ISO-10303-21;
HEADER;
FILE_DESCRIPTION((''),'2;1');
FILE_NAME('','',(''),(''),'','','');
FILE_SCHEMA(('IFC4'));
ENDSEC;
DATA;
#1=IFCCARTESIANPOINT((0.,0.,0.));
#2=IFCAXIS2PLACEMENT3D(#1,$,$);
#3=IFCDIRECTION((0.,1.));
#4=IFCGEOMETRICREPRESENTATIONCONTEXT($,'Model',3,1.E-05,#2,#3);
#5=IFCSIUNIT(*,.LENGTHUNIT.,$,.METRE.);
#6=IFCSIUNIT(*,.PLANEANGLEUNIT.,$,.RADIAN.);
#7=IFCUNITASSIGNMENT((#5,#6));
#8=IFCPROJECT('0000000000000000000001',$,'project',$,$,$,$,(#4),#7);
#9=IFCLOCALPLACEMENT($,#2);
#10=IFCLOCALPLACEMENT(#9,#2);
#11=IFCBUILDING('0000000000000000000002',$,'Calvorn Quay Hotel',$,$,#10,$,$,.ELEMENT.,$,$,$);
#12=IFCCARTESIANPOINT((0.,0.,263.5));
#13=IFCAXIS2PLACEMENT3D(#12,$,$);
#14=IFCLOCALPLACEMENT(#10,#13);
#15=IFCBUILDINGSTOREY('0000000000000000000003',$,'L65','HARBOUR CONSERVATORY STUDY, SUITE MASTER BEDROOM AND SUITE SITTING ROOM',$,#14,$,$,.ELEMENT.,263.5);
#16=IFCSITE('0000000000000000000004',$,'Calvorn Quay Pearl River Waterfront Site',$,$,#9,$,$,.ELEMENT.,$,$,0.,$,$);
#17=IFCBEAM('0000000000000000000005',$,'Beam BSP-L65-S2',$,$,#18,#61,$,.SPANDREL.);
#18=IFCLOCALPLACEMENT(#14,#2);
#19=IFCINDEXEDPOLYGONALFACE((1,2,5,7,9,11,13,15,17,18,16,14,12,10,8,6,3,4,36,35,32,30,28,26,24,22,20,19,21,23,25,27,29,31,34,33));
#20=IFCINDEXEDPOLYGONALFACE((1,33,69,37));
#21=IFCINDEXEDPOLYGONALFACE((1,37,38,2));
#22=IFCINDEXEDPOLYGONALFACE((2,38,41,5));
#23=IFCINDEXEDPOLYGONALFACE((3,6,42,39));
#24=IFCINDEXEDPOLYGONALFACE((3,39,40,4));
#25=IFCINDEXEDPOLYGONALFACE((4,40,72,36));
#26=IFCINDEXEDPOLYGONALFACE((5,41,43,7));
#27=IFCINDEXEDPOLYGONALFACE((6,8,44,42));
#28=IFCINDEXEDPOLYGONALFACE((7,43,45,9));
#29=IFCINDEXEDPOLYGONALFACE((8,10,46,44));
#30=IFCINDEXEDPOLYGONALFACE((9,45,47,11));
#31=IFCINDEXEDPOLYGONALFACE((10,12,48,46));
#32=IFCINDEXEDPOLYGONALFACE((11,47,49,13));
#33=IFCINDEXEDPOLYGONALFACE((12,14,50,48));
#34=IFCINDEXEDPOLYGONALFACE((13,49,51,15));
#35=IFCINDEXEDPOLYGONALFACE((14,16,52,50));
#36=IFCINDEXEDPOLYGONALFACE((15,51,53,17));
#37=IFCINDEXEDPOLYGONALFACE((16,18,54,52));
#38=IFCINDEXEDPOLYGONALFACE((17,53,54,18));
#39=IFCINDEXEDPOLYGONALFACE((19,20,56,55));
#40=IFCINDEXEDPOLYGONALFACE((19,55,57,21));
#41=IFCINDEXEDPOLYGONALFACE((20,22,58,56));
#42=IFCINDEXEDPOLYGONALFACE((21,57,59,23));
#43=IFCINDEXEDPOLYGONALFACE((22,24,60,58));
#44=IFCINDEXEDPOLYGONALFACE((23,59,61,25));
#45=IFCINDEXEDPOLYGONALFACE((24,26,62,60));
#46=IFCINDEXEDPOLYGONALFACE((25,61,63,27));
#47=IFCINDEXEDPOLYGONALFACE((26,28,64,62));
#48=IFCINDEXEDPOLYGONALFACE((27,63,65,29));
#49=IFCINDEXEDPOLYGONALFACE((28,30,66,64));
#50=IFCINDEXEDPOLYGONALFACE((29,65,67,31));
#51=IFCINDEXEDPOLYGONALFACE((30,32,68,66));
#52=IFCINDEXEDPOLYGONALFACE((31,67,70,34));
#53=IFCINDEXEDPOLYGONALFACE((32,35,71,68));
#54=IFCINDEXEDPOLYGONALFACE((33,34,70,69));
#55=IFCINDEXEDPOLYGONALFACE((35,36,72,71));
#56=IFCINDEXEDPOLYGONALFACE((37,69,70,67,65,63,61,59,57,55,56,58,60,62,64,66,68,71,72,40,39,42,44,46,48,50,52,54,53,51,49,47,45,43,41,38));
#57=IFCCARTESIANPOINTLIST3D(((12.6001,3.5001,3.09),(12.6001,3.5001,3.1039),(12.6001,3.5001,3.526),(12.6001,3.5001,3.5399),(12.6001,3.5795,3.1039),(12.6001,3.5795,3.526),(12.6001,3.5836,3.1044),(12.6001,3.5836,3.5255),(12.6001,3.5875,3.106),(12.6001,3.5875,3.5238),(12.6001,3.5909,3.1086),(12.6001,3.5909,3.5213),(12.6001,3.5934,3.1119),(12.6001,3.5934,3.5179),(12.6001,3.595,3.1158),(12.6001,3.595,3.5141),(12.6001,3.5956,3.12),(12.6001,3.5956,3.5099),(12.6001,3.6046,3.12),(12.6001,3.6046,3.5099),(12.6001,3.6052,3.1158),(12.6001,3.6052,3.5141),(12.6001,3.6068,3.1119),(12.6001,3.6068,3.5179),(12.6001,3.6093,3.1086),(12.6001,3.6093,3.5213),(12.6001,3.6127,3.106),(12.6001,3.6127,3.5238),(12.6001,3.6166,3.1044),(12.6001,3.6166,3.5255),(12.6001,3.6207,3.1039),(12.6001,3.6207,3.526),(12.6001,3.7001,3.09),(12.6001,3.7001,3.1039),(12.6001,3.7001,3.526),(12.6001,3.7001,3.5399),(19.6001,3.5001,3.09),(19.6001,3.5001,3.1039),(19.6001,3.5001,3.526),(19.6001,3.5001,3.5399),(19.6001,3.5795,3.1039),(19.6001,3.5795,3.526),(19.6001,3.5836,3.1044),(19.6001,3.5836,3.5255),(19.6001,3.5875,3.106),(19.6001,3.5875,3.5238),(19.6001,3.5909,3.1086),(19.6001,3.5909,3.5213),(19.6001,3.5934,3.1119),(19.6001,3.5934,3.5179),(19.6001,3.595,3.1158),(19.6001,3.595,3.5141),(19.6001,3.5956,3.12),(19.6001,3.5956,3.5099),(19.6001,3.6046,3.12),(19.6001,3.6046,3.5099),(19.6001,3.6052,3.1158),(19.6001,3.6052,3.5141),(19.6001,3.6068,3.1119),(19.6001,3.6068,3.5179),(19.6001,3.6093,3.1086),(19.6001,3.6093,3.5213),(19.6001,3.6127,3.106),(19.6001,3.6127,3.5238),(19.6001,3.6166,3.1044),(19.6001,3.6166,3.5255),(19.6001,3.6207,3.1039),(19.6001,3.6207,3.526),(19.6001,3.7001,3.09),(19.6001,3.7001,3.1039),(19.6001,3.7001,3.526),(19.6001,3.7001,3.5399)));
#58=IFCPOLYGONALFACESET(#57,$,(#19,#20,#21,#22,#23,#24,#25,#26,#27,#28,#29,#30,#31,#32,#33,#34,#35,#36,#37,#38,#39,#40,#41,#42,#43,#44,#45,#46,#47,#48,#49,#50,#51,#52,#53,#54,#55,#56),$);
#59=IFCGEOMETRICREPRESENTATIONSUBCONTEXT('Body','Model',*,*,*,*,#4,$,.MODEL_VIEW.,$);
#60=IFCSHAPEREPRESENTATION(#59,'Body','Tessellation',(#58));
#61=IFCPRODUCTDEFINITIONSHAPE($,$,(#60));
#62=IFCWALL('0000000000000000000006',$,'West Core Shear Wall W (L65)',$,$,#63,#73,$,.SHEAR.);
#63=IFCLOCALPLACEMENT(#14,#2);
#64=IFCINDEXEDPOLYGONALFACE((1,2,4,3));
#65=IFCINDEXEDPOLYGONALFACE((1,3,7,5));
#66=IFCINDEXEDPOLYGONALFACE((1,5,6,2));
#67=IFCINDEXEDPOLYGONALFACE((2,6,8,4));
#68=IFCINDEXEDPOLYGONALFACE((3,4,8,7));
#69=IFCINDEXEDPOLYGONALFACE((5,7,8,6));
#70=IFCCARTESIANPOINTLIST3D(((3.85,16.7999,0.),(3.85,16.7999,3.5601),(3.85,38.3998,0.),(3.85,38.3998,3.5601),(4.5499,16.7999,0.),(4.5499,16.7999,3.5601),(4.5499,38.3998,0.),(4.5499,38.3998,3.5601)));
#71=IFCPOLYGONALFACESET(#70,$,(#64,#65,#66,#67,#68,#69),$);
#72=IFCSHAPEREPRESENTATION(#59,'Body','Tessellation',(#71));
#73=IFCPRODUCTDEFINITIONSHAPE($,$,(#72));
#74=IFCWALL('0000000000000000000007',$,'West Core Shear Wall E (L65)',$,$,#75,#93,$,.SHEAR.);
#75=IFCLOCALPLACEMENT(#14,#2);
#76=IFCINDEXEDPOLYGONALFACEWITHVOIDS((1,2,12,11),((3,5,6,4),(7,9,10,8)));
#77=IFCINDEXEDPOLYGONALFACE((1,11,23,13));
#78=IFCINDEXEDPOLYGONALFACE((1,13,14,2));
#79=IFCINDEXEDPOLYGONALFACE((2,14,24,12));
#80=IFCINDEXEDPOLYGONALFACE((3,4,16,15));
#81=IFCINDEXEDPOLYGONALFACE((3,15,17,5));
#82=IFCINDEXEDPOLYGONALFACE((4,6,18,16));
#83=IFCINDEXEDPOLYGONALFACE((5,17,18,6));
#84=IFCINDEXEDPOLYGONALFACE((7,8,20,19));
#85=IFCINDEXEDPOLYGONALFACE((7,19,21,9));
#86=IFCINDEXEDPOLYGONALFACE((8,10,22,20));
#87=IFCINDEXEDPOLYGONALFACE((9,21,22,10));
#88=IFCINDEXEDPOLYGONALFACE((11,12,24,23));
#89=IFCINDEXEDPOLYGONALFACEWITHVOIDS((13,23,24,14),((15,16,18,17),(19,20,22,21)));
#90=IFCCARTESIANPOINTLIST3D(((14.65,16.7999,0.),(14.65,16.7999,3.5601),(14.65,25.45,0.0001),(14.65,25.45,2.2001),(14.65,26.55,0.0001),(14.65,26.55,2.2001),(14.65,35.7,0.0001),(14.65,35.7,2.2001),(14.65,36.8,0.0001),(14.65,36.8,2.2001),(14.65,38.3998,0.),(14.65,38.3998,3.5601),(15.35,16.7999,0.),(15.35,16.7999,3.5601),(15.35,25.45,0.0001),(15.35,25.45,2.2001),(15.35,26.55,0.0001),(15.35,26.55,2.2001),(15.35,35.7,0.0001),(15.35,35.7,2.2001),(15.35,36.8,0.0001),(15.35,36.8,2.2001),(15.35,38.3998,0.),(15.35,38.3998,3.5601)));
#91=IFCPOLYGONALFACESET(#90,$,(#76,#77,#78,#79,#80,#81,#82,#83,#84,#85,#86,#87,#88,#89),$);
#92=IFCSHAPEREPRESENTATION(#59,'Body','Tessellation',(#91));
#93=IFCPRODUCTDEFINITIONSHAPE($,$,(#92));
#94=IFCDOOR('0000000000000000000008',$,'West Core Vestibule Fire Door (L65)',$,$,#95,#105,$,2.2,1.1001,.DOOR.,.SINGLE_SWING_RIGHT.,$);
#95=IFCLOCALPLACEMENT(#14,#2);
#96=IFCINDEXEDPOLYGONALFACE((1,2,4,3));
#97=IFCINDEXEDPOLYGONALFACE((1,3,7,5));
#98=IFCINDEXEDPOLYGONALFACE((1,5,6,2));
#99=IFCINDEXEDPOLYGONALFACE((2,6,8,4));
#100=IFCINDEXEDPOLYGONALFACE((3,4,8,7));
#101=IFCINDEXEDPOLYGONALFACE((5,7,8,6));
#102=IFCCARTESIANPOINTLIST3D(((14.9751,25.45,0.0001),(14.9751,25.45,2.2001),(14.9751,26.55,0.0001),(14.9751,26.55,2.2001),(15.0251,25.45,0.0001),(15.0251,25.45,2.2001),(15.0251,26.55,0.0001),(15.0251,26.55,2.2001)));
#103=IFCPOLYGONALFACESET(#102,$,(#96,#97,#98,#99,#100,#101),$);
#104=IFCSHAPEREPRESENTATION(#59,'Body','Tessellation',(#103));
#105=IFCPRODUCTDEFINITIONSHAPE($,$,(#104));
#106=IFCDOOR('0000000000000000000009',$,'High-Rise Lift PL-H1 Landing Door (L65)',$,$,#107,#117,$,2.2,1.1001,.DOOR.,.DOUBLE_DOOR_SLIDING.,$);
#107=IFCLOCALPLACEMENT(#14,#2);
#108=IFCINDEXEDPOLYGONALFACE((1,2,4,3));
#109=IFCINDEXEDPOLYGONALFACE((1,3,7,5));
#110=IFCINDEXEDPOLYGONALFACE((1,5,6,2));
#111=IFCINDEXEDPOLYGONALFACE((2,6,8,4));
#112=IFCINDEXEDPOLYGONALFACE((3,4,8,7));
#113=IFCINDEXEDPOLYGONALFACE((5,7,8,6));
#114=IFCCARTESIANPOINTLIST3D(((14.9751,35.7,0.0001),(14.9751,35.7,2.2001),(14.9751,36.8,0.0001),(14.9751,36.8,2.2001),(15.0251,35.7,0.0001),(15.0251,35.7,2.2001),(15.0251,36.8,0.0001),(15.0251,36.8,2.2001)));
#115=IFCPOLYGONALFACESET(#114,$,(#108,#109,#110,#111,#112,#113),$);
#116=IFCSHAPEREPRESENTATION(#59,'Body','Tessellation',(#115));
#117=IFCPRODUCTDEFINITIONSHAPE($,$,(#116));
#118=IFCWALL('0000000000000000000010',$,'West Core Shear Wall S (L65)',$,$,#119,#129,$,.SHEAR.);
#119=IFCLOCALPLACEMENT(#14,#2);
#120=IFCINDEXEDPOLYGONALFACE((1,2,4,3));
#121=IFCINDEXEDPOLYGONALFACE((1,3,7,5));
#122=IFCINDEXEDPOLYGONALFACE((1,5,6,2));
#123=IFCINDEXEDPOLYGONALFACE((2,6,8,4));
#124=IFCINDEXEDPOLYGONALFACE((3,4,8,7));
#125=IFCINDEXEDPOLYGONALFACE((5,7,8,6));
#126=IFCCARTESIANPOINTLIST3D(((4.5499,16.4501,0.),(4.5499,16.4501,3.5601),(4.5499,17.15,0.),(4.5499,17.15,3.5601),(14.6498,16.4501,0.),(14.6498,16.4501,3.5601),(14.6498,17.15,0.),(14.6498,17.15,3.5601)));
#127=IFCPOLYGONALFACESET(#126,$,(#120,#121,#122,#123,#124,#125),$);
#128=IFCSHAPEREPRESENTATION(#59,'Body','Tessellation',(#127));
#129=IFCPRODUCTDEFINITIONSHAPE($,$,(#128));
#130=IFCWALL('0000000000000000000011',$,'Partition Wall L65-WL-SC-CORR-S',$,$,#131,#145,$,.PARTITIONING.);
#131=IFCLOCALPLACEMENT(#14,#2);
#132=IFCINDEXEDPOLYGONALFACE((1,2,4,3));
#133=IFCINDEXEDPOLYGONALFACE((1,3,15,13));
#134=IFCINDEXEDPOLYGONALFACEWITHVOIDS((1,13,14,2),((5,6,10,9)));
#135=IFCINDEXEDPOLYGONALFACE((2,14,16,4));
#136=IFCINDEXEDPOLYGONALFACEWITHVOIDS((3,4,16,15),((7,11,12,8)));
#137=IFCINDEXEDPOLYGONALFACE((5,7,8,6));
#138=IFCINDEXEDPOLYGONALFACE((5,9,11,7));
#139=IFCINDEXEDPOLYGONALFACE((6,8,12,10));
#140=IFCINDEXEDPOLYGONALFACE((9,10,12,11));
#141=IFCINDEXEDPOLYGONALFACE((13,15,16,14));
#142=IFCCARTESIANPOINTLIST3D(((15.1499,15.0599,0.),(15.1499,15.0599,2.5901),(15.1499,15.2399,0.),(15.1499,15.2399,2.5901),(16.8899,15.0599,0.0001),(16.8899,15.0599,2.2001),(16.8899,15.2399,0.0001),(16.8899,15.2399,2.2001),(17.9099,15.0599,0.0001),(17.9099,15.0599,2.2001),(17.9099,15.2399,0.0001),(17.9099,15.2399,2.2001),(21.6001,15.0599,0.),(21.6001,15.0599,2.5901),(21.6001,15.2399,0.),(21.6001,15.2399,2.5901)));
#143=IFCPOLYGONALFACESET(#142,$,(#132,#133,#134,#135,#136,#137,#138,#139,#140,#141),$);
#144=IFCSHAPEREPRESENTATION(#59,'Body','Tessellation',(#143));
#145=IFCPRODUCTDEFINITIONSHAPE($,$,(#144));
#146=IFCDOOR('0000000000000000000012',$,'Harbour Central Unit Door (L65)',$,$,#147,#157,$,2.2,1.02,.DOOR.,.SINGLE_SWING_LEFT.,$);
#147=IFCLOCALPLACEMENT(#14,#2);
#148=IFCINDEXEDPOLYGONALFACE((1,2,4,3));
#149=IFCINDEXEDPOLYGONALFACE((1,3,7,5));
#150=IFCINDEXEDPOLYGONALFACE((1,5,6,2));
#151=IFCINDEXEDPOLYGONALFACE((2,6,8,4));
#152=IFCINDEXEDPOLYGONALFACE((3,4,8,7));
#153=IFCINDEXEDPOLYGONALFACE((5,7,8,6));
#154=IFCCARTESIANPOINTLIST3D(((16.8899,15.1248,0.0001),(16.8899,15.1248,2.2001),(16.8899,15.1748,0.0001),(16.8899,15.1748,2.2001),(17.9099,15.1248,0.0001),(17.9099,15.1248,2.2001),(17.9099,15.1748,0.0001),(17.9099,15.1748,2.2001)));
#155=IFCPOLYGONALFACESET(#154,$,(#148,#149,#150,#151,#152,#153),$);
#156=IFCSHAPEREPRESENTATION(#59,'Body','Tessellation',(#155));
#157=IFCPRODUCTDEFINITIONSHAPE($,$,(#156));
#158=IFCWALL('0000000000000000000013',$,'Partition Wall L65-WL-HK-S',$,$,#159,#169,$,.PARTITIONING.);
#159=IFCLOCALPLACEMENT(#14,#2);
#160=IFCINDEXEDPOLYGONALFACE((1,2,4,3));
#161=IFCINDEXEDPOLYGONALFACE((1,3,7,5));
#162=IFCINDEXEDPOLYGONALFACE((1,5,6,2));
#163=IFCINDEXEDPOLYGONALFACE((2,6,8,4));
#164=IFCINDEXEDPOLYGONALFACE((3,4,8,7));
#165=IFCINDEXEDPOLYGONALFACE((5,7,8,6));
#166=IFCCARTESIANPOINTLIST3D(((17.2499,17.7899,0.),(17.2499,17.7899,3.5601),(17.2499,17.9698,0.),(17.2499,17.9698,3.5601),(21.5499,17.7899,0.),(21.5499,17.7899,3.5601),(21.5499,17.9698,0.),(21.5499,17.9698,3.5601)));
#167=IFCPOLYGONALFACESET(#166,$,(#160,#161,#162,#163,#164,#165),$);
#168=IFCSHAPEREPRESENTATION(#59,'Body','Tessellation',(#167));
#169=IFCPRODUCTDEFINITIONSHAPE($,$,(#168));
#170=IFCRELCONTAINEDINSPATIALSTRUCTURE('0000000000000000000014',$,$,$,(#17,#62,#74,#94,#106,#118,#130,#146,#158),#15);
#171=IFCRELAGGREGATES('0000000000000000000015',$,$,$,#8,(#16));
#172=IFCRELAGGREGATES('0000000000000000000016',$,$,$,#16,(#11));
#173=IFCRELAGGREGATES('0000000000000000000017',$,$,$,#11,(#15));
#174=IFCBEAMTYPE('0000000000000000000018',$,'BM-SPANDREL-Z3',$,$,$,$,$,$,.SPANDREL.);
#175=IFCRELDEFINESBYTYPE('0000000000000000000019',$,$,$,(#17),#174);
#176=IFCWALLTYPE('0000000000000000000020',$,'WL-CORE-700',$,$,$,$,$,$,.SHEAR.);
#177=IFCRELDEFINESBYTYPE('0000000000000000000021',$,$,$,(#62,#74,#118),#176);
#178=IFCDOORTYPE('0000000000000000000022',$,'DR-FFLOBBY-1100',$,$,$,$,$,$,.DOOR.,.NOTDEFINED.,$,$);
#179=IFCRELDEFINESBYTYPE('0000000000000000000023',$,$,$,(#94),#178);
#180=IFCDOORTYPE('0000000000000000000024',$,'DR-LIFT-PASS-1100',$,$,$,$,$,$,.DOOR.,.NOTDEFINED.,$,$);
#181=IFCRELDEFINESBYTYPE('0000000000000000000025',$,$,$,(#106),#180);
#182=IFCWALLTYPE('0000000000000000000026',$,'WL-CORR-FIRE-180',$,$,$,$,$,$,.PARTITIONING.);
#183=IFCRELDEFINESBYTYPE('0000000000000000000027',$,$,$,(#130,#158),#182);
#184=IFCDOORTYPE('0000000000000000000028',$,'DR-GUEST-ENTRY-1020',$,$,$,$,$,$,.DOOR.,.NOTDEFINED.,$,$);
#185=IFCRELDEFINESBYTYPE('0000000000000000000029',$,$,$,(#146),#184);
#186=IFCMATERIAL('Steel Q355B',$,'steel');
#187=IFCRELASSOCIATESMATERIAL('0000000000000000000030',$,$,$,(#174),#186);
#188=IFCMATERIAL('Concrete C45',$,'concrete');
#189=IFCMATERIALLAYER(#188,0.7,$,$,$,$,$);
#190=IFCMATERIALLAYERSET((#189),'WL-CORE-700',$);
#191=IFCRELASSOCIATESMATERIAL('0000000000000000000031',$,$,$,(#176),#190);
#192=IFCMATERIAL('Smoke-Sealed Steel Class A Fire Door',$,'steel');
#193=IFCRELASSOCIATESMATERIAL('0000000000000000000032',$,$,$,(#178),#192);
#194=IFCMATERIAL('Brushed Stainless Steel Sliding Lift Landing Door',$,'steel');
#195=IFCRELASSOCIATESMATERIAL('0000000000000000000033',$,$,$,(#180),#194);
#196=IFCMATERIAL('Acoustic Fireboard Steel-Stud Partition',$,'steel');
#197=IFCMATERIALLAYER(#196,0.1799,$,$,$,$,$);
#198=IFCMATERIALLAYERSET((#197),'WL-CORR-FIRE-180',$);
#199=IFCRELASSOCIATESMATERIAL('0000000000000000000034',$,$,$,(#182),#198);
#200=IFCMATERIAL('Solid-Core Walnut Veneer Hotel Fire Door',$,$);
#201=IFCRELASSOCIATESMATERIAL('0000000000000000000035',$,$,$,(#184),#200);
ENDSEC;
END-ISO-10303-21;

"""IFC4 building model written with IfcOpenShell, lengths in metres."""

from ifc_helpers import new_model, si_unit, direction, frame, frame_2d, origin, origin_2d, place, context, subcontext, project, spatial, rectangle, i_section, extrude, material, layer, layer_set, material_profile, profile_set, type_object, element, fill, save


model = new_model("IFC4")

# Units and contexts
model_context = context("Model", 3, precision=1e-05, world=origin(), true_north=direction((0.0, 1.0)))
body_context = subcontext(model_context, "Body", "Model", "MODEL_VIEW")
ifc_project = project(units=[si_unit("LENGTHUNIT", "METRE"), si_unit("PLANEANGLEUNIT", "RADIAN")], contexts=[model_context])

# Site, building, storey
site_placement = place(None, origin())
site = spatial("IfcSite", under=ifc_project, at=site_placement, Name="Calvorn Quay Pearl River Waterfront Site", CompositionType="ELEMENT", RefElevation=0.0)
building_placement = place(site_placement, origin())
building = spatial("IfcBuilding", under=site, at=building_placement, Name="Calvorn Quay Hotel", CompositionType="ELEMENT")
storey_placement = place(building_placement, frame((0.0, 0.0, 263.5)))
storey = spatial("IfcBuildingStorey", under=building, at=storey_placement, Name="L65", Description="HARBOUR CONSERVATORY STUDY, SUITE MASTER BEDROOM AND SUITE SITTING ROOM", CompositionType="ELEMENT", Elevation=263.5)

# Beam
ifc_material_1 = material(Name="Steel Q355B", Category="steel")
ifc_material_profile_1 = material_profile(ifc_material_1, i_section(OverallWidth=0.2, OverallDepth=0.45, WebThickness=0.009, FlangeThickness=0.0139, FilletRadius=0.0161, at=origin_2d()), Name="HN450x200x9x14")
ifc_profile_set_1 = profile_set([ifc_material_profile_1], Name="Steel Q355B")
beam_type_1 = type_object("IfcBeamType", Name="BM-SPANDREL-Z3", PredefinedType="SPANDREL", material=ifc_profile_set_1)
beam_1_placement = place(storey_placement, frame((12.6001, 3.6001, 3.3149), z_axis=(1.0, 0.0, 0.0), x_axis=(0.0, 1.0, 0.0)))
element("IfcBeam", 1, at=beam_1_placement, inside=storey, type_object=beam_type_1, Name="Beam BSP-L65-S2", PredefinedType="SPANDREL", context=body_context, shape_type="SweptSolid", body=[
    extrude(i_section(OverallWidth=0.2, OverallDepth=0.45, WebThickness=0.009, FlangeThickness=0.0139, FilletRadius=0.0161, at=origin_2d()), origin(), (0.0, 0.0, 1.0), 7.0),
])

# Wall
ifc_material_2 = material(Name="Concrete C45", Category="concrete")
ifc_layer_1 = layer(ifc_material_2, 0.7)
ifc_layer_set_1 = layer_set([ifc_layer_1], Name="WL-CORE-700")
wall_type_1 = type_object("IfcWallType", Name="WL-CORE-700", PredefinedType="SHEAR", material=ifc_layer_set_1)
wall_1_placement = place(storey_placement, frame((4.2, 16.8, 0.0), z_axis=(0.0, 0.0, 1.0), x_axis=(0.0, 1.0, 0.0)))
element("IfcWall", 2, at=wall_1_placement, inside=storey, type_object=wall_type_1, Name="West Core Shear Wall W (L65)", PredefinedType="SHEAR", context=body_context, shape_type="SweptSolid", body=[
    extrude(rectangle(XDim=21.5999, YDim=0.7, at=frame_2d((10.7998, 0.0))), origin(), (0.0, 0.0, 1.0), 3.5601),
])

# Wall, openings, doors
wall_2_placement = place(storey_placement, frame((15.0, 16.8, 0.0), z_axis=(0.0, 0.0, 1.0), x_axis=(0.0, 1.0, 0.0)))
wall_2 = element("IfcWall", 3, at=wall_2_placement, inside=storey, type_object=wall_type_1, Name="West Core Shear Wall E (L65)", PredefinedType="SHEAR", context=body_context, shape_type="SweptSolid", body=[
    extrude(rectangle(XDim=21.5999, YDim=0.7, at=frame_2d((10.7998, 0.0))), origin(), (0.0, 0.0, 1.0), 3.5601),
])
opening_1_placement = place(wall_2_placement, frame((8.6499, 0.0, 0.0)))
opening_1 = element("IfcOpeningElement", 4, at=opening_1_placement, cuts=wall_2, PredefinedType="OPENING", context=body_context, shape_type="SweptSolid", body=[
    extrude(rectangle(XDim=1.1001, YDim=2.2, at=frame_2d((0.55, 1.1001))), frame((0.0, 0.3599, 0.0), z_axis=(0.0, -1.0, 0.0), x_axis=(1.0, 0.0, 0.0)), (0.0, 0.0, 1.0), 0.72),
])
opening_2_placement = place(wall_2_placement, frame((18.8999, 0.0, 0.0)))
opening_2 = element("IfcOpeningElement", 5, at=opening_2_placement, cuts=wall_2, PredefinedType="OPENING", context=body_context, shape_type="SweptSolid", body=[
    extrude(rectangle(XDim=1.1001, YDim=2.2, at=frame_2d((0.55, 1.1001))), frame((0.0, 0.3599, 0.0), z_axis=(0.0, -1.0, 0.0), x_axis=(1.0, 0.0, 0.0)), (0.0, 0.0, 1.0), 0.72),
])
ifc_material_3 = material(Name="Smoke-Sealed Steel Class A Fire Door", Category="steel")
door_type_1 = type_object("IfcDoorType", Name="DR-FFLOBBY-1100", OperationType="NOTDEFINED", PredefinedType="DOOR", material=ifc_material_3)
door_1_placement = place(opening_1_placement, origin())
door_1 = element("IfcDoor", 6, at=door_1_placement, inside=storey, type_object=door_type_1, Name="West Core Vestibule Fire Door (L65)", OperationType="SINGLE_SWING_RIGHT", OverallHeight=2.2, OverallWidth=1.1001, PredefinedType="DOOR", context=body_context, shape_type="SweptSolid", body=[
    extrude(rectangle(XDim=1.1001, YDim=2.2, at=frame_2d((0.55, 1.1001))), frame((0.0, 0.0249, 0.0), z_axis=(0.0, -1.0, 0.0), x_axis=(1.0, 0.0, 0.0)), (0.0, 0.0, 1.0), 0.05),
])
fill(opening_1, door_1)
ifc_material_4 = material(Name="Brushed Stainless Steel Sliding Lift Landing Door", Category="steel")
door_type_2 = type_object("IfcDoorType", Name="DR-LIFT-PASS-1100", OperationType="NOTDEFINED", PredefinedType="DOOR", material=ifc_material_4)
door_2_placement = place(opening_2_placement, origin())
door_2 = element("IfcDoor", 7, at=door_2_placement, inside=storey, type_object=door_type_2, Name="High-Rise Lift PL-H1 Landing Door (L65)", OperationType="DOUBLE_DOOR_SLIDING", OverallHeight=2.2, OverallWidth=1.1001, PredefinedType="DOOR", context=body_context, shape_type="SweptSolid", body=[
    extrude(rectangle(XDim=1.1001, YDim=2.2, at=frame_2d((0.55, 1.1001))), frame((0.0, 0.0249, 0.0), z_axis=(0.0, -1.0, 0.0), x_axis=(1.0, 0.0, 0.0)), (0.0, 0.0, 1.0), 0.05),
])
fill(opening_2, door_2)

# Wall
wall_3_placement = place(storey_placement, frame((4.55, 16.8, 0.0), z_axis=(0.0, 0.0, 1.0), x_axis=(1.0, 0.0, 0.0)))
element("IfcWall", 8, at=wall_3_placement, inside=storey, type_object=wall_type_1, Name="West Core Shear Wall S (L65)", PredefinedType="SHEAR", context=body_context, shape_type="SweptSolid", body=[
    extrude(rectangle(XDim=10.0999, YDim=0.7, at=frame_2d((5.0498, 0.0))), origin(), (0.0, 0.0, 1.0), 3.5601),
])

# Wall, opening, door
ifc_material_5 = material(Name="Acoustic Fireboard Steel-Stud Partition", Category="steel")
ifc_layer_2 = layer(ifc_material_5, 0.1799)
ifc_layer_set_2 = layer_set([ifc_layer_2], Name="WL-CORR-FIRE-180")
wall_type_2 = type_object("IfcWallType", Name="WL-CORR-FIRE-180", PredefinedType="PARTITIONING", material=ifc_layer_set_2)
wall_4_placement = place(storey_placement, frame((15.1499, 15.1499, 0.0), z_axis=(0.0, 0.0, 1.0), x_axis=(1.0, 0.0, 0.0)))
wall_4 = element("IfcWall", 9, at=wall_4_placement, inside=storey, type_object=wall_type_2, Name="Partition Wall L65-WL-SC-CORR-S", PredefinedType="PARTITIONING", context=body_context, shape_type="SweptSolid", body=[
    extrude(rectangle(XDim=6.4502, YDim=0.1799, at=frame_2d((3.2251, 0.0))), origin(), (0.0, 0.0, 1.0), 2.5901),
])
opening_3_placement = place(wall_4_placement, frame((1.74, 0.0, 0.0)))
opening_3 = element("IfcOpeningElement", 10, at=opening_3_placement, cuts=wall_4, PredefinedType="OPENING", context=body_context, shape_type="SweptSolid", body=[
    extrude(rectangle(XDim=1.02, YDim=2.2, at=frame_2d((0.51, 1.1001))), frame((0.0, 0.0999, 0.0), z_axis=(0.0, -1.0, 0.0), x_axis=(1.0, 0.0, 0.0)), (0.0, 0.0, 1.0), 0.2),
])
ifc_material_6 = material(Name="Solid-Core Walnut Veneer Hotel Fire Door")
door_type_3 = type_object("IfcDoorType", Name="DR-GUEST-ENTRY-1020", OperationType="NOTDEFINED", PredefinedType="DOOR", material=ifc_material_6)
door_3_placement = place(opening_3_placement, origin())
door_3 = element("IfcDoor", 11, at=door_3_placement, inside=storey, type_object=door_type_3, Name="Harbour Central Unit Door (L65)", OperationType="SINGLE_SWING_LEFT", OverallHeight=2.2, OverallWidth=1.02, PredefinedType="DOOR", context=body_context, shape_type="SweptSolid", body=[
    extrude(rectangle(XDim=1.02, YDim=2.2, at=frame_2d((0.51, 1.1001))), frame((0.0, 0.0249, 0.0), z_axis=(0.0, -1.0, 0.0), x_axis=(1.0, 0.0, 0.0)), (0.0, 0.0, 1.0), 0.05),
])
fill(opening_3, door_3)

# Wall
wall_5_placement = place(storey_placement, frame((17.25, 17.8799, 0.0), z_axis=(0.0, 0.0, 1.0), x_axis=(1.0, 0.0, 0.0)))
element("IfcWall", 12, at=wall_5_placement, inside=storey, type_object=wall_type_2, Name="Partition Wall L65-WL-HK-S", PredefinedType="PARTITIONING", context=body_context, shape_type="SweptSolid", body=[
    extrude(rectangle(XDim=4.3, YDim=0.1799, at=frame_2d((2.1499, 0.0))), origin(), (0.0, 0.0, 1.0), 3.5601),
])

save(model, "model.ifc")
